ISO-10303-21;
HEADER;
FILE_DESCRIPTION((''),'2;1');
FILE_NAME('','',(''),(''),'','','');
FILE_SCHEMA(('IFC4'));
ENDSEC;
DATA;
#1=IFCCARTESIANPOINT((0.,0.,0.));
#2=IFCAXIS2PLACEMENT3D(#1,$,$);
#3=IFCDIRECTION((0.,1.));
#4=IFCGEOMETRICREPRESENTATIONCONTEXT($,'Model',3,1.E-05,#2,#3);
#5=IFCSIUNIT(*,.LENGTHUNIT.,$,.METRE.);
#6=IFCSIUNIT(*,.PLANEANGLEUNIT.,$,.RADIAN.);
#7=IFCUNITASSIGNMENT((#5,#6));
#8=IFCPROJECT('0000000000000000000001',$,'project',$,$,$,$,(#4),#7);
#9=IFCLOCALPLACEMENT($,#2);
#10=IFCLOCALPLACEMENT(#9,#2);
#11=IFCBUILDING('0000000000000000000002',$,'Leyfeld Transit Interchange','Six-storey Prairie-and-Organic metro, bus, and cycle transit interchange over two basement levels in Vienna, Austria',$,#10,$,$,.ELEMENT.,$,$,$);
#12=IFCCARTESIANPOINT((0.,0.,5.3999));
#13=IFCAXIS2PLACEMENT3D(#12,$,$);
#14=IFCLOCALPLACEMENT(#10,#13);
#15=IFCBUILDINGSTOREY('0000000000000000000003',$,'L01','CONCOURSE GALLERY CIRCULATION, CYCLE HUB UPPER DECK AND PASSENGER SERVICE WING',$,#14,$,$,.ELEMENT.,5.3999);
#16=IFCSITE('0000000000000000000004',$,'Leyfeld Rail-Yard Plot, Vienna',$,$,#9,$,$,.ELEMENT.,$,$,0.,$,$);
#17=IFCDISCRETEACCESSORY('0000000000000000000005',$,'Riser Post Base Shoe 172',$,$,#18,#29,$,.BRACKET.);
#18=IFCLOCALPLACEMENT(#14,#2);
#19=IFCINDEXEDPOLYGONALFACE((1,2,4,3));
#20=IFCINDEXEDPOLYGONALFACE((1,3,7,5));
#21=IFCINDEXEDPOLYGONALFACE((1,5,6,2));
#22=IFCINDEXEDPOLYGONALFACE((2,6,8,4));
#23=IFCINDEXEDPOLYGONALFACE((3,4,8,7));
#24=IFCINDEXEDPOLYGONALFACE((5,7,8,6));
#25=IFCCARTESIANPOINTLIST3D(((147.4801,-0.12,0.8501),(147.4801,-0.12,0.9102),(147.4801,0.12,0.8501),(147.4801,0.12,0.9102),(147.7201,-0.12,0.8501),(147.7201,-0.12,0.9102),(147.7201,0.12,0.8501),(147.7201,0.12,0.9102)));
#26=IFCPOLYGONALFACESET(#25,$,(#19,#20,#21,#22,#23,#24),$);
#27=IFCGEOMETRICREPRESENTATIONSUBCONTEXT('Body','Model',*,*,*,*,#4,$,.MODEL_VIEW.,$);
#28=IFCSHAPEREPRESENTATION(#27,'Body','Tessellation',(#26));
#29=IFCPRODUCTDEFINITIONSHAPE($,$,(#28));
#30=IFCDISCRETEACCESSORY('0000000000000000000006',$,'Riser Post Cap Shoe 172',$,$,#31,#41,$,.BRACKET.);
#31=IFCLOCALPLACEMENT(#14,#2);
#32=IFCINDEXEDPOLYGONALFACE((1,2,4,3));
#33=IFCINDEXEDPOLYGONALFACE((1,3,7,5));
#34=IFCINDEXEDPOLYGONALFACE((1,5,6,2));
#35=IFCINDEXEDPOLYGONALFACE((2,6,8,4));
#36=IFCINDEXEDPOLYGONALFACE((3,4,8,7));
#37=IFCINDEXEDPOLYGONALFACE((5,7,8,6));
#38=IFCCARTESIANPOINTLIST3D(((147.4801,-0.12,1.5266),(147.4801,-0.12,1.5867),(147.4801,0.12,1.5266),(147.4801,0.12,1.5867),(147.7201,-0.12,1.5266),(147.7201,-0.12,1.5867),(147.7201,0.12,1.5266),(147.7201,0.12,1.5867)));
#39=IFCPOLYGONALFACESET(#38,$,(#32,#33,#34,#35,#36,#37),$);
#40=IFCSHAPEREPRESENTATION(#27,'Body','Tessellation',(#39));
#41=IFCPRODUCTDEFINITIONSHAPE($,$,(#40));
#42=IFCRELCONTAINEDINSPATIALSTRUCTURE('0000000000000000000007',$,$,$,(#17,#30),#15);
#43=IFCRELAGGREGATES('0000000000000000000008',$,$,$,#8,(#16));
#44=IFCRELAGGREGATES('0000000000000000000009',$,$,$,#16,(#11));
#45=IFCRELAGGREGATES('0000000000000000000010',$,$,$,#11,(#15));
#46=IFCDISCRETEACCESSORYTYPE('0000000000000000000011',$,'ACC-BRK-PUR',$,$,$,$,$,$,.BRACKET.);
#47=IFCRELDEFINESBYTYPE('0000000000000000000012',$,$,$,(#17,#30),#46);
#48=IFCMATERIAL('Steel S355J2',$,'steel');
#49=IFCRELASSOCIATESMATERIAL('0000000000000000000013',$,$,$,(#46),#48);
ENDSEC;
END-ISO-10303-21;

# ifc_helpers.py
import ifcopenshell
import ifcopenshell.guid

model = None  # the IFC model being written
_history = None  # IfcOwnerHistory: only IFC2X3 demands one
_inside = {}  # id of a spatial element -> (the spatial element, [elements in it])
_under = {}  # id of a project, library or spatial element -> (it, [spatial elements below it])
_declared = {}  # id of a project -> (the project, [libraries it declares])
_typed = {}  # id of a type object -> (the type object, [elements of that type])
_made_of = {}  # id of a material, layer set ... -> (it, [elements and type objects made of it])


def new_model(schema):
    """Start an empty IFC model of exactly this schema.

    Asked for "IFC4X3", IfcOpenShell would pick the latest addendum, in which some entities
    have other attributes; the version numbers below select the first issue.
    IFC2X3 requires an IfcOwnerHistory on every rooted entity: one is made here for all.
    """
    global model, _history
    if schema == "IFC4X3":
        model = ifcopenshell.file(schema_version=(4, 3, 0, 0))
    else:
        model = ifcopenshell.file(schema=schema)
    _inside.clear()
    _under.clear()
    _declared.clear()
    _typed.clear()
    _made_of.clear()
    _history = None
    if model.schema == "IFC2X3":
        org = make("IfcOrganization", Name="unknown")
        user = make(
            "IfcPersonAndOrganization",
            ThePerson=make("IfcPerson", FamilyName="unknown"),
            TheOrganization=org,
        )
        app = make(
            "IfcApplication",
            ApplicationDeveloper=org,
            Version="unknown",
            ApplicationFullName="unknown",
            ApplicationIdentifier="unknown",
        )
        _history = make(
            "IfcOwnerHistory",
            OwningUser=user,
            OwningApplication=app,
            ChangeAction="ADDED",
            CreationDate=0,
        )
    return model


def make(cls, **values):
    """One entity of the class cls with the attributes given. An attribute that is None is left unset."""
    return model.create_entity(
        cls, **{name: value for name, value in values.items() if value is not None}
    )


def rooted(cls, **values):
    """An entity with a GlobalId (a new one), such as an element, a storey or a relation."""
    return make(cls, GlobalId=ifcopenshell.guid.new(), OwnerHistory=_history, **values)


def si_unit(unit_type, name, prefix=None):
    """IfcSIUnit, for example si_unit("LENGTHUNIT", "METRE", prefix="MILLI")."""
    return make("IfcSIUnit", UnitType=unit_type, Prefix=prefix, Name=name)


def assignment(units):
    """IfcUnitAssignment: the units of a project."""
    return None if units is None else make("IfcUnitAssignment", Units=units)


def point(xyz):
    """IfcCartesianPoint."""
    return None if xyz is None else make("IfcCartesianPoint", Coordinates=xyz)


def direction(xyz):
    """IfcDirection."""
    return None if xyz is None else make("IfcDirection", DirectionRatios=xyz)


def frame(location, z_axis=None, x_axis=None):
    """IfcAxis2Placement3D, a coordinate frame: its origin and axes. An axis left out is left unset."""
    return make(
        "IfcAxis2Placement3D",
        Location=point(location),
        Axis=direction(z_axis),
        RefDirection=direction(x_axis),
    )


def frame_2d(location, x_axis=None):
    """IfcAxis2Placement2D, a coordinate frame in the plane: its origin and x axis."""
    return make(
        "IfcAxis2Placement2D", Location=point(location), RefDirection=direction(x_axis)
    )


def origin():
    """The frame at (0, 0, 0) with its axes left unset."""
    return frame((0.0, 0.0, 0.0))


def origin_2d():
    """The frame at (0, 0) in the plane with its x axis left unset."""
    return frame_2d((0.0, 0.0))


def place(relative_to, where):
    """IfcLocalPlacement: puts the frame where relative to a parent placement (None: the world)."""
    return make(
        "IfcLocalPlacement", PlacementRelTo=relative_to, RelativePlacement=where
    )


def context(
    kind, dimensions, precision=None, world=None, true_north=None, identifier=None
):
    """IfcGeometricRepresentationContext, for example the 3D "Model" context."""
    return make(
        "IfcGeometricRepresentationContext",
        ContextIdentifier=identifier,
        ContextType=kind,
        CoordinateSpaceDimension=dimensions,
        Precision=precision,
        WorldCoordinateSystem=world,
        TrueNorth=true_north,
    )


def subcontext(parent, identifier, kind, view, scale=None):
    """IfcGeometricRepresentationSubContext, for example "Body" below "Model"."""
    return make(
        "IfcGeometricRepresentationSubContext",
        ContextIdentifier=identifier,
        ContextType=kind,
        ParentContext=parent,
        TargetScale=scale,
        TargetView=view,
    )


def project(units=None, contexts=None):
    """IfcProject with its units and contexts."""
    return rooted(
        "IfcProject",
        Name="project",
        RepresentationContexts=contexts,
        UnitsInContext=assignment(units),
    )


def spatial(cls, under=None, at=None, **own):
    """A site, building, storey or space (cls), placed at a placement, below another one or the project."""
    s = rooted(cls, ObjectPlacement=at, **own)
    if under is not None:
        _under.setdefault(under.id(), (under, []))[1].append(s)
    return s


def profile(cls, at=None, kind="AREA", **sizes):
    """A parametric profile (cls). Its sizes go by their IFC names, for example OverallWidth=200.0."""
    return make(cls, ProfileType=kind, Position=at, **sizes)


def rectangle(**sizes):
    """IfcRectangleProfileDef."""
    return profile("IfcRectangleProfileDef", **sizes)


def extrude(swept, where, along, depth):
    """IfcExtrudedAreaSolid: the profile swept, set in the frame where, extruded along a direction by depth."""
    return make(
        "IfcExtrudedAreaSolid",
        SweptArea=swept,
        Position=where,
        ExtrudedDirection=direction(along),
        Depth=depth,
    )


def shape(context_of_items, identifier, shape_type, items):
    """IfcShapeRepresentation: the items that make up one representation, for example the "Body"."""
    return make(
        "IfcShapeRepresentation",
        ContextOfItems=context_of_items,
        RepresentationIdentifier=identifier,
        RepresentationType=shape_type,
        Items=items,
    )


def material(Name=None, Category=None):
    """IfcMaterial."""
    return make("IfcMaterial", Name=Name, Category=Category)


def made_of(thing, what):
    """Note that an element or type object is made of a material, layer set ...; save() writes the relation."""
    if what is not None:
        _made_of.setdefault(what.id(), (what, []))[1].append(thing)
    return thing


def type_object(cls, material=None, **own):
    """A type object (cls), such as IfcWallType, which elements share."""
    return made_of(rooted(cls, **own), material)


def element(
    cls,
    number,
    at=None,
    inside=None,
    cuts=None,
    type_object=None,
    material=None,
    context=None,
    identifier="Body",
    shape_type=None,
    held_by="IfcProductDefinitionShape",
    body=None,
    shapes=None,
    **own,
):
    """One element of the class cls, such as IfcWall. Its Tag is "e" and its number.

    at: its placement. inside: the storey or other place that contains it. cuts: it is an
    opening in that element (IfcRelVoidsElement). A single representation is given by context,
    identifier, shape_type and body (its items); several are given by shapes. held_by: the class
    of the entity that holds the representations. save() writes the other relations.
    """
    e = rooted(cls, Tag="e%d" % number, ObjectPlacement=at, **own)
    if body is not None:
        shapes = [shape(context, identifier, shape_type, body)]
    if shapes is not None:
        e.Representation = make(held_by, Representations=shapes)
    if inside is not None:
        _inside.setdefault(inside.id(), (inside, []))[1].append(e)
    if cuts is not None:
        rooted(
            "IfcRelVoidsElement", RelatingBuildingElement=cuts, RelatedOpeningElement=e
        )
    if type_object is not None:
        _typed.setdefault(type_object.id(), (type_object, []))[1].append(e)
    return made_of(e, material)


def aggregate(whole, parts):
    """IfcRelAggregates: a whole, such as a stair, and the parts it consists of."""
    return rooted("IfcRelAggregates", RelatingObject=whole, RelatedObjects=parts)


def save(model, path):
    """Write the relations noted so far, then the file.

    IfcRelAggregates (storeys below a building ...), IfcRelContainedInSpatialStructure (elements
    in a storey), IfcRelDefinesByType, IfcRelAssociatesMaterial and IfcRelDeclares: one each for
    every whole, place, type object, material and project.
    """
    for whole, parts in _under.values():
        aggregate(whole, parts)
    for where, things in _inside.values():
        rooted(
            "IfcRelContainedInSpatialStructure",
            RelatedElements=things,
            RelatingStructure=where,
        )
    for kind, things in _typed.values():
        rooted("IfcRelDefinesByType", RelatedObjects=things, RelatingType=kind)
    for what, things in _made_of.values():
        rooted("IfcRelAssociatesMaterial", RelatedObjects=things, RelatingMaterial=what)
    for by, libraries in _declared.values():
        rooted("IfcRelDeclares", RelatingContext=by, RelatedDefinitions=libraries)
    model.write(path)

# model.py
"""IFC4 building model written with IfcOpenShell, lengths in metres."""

from ifc_helpers import new_model, si_unit, direction, frame, origin, origin_2d, place, context, subcontext, project, spatial, rectangle, extrude, material, type_object, element, save


model = new_model("IFC4")

# Units and contexts
model_context = context("Model", 3, precision=1e-05, world=origin(), true_north=direction((0.0, 1.0)))
body_context = subcontext(model_context, "Body", "Model", "MODEL_VIEW")
ifc_project = project(units=[si_unit("LENGTHUNIT", "METRE"), si_unit("PLANEANGLEUNIT", "RADIAN")], contexts=[model_context])

# Site, building, storey
site_placement = place(None, origin())
site = spatial("IfcSite", under=ifc_project, at=site_placement, Name="Leyfeld Rail-Yard Plot, Vienna", CompositionType="ELEMENT", RefElevation=0.0)
building_placement = place(site_placement, origin())
building = spatial("IfcBuilding", under=site, at=building_placement, Name="Leyfeld Transit Interchange", Description="Six-storey Prairie-and-Organic metro, bus, and cycle transit interchange over two basement levels in Vienna, Austria", CompositionType="ELEMENT")
storey_placement = place(building_placement, frame((0.0, 0.0, 5.3999)))
storey = spatial("IfcBuildingStorey", under=building, at=storey_placement, Name="L01", Description="CONCOURSE GALLERY CIRCULATION, CYCLE HUB UPPER DECK AND PASSENGER SERVICE WING", CompositionType="ELEMENT", Elevation=5.3999)

# Shared definitions
ifc_material_1 = material(Name="Steel S355J2", Category="steel")

# Discrete accessories
discrete_accessory_type = type_object("IfcDiscreteAccessoryType", Name="ACC-BRK-PUR", PredefinedType="BRACKET", material=ifc_material_1)
for number, where, z_axis, x_axis, name in (
    (1, (147.6001, 0.0, 0.8501), (0.0, 0.0, 1.0), (1.0, 0.0, 0.0), "Riser Post Base Shoe 172"),
    (2, (147.6001, 0.0, 1.5266), (0.0, 0.0, 1.0), (1.0, 0.0, 0.0), "Riser Post Cap Shoe 172"),
):
    element("IfcDiscreteAccessory", number, at=place(storey_placement, frame(where, z_axis=z_axis, x_axis=x_axis)), inside=storey, type_object=discrete_accessory_type, Name=name, PredefinedType="BRACKET", context=body_context, shape_type="SweptSolid", body=[
        extrude(rectangle(XDim=0.24, YDim=0.24, at=origin_2d()), origin(), (0.0, 0.0, 1.0), 0.0601),
    ])

save(model, "model.ifc")
